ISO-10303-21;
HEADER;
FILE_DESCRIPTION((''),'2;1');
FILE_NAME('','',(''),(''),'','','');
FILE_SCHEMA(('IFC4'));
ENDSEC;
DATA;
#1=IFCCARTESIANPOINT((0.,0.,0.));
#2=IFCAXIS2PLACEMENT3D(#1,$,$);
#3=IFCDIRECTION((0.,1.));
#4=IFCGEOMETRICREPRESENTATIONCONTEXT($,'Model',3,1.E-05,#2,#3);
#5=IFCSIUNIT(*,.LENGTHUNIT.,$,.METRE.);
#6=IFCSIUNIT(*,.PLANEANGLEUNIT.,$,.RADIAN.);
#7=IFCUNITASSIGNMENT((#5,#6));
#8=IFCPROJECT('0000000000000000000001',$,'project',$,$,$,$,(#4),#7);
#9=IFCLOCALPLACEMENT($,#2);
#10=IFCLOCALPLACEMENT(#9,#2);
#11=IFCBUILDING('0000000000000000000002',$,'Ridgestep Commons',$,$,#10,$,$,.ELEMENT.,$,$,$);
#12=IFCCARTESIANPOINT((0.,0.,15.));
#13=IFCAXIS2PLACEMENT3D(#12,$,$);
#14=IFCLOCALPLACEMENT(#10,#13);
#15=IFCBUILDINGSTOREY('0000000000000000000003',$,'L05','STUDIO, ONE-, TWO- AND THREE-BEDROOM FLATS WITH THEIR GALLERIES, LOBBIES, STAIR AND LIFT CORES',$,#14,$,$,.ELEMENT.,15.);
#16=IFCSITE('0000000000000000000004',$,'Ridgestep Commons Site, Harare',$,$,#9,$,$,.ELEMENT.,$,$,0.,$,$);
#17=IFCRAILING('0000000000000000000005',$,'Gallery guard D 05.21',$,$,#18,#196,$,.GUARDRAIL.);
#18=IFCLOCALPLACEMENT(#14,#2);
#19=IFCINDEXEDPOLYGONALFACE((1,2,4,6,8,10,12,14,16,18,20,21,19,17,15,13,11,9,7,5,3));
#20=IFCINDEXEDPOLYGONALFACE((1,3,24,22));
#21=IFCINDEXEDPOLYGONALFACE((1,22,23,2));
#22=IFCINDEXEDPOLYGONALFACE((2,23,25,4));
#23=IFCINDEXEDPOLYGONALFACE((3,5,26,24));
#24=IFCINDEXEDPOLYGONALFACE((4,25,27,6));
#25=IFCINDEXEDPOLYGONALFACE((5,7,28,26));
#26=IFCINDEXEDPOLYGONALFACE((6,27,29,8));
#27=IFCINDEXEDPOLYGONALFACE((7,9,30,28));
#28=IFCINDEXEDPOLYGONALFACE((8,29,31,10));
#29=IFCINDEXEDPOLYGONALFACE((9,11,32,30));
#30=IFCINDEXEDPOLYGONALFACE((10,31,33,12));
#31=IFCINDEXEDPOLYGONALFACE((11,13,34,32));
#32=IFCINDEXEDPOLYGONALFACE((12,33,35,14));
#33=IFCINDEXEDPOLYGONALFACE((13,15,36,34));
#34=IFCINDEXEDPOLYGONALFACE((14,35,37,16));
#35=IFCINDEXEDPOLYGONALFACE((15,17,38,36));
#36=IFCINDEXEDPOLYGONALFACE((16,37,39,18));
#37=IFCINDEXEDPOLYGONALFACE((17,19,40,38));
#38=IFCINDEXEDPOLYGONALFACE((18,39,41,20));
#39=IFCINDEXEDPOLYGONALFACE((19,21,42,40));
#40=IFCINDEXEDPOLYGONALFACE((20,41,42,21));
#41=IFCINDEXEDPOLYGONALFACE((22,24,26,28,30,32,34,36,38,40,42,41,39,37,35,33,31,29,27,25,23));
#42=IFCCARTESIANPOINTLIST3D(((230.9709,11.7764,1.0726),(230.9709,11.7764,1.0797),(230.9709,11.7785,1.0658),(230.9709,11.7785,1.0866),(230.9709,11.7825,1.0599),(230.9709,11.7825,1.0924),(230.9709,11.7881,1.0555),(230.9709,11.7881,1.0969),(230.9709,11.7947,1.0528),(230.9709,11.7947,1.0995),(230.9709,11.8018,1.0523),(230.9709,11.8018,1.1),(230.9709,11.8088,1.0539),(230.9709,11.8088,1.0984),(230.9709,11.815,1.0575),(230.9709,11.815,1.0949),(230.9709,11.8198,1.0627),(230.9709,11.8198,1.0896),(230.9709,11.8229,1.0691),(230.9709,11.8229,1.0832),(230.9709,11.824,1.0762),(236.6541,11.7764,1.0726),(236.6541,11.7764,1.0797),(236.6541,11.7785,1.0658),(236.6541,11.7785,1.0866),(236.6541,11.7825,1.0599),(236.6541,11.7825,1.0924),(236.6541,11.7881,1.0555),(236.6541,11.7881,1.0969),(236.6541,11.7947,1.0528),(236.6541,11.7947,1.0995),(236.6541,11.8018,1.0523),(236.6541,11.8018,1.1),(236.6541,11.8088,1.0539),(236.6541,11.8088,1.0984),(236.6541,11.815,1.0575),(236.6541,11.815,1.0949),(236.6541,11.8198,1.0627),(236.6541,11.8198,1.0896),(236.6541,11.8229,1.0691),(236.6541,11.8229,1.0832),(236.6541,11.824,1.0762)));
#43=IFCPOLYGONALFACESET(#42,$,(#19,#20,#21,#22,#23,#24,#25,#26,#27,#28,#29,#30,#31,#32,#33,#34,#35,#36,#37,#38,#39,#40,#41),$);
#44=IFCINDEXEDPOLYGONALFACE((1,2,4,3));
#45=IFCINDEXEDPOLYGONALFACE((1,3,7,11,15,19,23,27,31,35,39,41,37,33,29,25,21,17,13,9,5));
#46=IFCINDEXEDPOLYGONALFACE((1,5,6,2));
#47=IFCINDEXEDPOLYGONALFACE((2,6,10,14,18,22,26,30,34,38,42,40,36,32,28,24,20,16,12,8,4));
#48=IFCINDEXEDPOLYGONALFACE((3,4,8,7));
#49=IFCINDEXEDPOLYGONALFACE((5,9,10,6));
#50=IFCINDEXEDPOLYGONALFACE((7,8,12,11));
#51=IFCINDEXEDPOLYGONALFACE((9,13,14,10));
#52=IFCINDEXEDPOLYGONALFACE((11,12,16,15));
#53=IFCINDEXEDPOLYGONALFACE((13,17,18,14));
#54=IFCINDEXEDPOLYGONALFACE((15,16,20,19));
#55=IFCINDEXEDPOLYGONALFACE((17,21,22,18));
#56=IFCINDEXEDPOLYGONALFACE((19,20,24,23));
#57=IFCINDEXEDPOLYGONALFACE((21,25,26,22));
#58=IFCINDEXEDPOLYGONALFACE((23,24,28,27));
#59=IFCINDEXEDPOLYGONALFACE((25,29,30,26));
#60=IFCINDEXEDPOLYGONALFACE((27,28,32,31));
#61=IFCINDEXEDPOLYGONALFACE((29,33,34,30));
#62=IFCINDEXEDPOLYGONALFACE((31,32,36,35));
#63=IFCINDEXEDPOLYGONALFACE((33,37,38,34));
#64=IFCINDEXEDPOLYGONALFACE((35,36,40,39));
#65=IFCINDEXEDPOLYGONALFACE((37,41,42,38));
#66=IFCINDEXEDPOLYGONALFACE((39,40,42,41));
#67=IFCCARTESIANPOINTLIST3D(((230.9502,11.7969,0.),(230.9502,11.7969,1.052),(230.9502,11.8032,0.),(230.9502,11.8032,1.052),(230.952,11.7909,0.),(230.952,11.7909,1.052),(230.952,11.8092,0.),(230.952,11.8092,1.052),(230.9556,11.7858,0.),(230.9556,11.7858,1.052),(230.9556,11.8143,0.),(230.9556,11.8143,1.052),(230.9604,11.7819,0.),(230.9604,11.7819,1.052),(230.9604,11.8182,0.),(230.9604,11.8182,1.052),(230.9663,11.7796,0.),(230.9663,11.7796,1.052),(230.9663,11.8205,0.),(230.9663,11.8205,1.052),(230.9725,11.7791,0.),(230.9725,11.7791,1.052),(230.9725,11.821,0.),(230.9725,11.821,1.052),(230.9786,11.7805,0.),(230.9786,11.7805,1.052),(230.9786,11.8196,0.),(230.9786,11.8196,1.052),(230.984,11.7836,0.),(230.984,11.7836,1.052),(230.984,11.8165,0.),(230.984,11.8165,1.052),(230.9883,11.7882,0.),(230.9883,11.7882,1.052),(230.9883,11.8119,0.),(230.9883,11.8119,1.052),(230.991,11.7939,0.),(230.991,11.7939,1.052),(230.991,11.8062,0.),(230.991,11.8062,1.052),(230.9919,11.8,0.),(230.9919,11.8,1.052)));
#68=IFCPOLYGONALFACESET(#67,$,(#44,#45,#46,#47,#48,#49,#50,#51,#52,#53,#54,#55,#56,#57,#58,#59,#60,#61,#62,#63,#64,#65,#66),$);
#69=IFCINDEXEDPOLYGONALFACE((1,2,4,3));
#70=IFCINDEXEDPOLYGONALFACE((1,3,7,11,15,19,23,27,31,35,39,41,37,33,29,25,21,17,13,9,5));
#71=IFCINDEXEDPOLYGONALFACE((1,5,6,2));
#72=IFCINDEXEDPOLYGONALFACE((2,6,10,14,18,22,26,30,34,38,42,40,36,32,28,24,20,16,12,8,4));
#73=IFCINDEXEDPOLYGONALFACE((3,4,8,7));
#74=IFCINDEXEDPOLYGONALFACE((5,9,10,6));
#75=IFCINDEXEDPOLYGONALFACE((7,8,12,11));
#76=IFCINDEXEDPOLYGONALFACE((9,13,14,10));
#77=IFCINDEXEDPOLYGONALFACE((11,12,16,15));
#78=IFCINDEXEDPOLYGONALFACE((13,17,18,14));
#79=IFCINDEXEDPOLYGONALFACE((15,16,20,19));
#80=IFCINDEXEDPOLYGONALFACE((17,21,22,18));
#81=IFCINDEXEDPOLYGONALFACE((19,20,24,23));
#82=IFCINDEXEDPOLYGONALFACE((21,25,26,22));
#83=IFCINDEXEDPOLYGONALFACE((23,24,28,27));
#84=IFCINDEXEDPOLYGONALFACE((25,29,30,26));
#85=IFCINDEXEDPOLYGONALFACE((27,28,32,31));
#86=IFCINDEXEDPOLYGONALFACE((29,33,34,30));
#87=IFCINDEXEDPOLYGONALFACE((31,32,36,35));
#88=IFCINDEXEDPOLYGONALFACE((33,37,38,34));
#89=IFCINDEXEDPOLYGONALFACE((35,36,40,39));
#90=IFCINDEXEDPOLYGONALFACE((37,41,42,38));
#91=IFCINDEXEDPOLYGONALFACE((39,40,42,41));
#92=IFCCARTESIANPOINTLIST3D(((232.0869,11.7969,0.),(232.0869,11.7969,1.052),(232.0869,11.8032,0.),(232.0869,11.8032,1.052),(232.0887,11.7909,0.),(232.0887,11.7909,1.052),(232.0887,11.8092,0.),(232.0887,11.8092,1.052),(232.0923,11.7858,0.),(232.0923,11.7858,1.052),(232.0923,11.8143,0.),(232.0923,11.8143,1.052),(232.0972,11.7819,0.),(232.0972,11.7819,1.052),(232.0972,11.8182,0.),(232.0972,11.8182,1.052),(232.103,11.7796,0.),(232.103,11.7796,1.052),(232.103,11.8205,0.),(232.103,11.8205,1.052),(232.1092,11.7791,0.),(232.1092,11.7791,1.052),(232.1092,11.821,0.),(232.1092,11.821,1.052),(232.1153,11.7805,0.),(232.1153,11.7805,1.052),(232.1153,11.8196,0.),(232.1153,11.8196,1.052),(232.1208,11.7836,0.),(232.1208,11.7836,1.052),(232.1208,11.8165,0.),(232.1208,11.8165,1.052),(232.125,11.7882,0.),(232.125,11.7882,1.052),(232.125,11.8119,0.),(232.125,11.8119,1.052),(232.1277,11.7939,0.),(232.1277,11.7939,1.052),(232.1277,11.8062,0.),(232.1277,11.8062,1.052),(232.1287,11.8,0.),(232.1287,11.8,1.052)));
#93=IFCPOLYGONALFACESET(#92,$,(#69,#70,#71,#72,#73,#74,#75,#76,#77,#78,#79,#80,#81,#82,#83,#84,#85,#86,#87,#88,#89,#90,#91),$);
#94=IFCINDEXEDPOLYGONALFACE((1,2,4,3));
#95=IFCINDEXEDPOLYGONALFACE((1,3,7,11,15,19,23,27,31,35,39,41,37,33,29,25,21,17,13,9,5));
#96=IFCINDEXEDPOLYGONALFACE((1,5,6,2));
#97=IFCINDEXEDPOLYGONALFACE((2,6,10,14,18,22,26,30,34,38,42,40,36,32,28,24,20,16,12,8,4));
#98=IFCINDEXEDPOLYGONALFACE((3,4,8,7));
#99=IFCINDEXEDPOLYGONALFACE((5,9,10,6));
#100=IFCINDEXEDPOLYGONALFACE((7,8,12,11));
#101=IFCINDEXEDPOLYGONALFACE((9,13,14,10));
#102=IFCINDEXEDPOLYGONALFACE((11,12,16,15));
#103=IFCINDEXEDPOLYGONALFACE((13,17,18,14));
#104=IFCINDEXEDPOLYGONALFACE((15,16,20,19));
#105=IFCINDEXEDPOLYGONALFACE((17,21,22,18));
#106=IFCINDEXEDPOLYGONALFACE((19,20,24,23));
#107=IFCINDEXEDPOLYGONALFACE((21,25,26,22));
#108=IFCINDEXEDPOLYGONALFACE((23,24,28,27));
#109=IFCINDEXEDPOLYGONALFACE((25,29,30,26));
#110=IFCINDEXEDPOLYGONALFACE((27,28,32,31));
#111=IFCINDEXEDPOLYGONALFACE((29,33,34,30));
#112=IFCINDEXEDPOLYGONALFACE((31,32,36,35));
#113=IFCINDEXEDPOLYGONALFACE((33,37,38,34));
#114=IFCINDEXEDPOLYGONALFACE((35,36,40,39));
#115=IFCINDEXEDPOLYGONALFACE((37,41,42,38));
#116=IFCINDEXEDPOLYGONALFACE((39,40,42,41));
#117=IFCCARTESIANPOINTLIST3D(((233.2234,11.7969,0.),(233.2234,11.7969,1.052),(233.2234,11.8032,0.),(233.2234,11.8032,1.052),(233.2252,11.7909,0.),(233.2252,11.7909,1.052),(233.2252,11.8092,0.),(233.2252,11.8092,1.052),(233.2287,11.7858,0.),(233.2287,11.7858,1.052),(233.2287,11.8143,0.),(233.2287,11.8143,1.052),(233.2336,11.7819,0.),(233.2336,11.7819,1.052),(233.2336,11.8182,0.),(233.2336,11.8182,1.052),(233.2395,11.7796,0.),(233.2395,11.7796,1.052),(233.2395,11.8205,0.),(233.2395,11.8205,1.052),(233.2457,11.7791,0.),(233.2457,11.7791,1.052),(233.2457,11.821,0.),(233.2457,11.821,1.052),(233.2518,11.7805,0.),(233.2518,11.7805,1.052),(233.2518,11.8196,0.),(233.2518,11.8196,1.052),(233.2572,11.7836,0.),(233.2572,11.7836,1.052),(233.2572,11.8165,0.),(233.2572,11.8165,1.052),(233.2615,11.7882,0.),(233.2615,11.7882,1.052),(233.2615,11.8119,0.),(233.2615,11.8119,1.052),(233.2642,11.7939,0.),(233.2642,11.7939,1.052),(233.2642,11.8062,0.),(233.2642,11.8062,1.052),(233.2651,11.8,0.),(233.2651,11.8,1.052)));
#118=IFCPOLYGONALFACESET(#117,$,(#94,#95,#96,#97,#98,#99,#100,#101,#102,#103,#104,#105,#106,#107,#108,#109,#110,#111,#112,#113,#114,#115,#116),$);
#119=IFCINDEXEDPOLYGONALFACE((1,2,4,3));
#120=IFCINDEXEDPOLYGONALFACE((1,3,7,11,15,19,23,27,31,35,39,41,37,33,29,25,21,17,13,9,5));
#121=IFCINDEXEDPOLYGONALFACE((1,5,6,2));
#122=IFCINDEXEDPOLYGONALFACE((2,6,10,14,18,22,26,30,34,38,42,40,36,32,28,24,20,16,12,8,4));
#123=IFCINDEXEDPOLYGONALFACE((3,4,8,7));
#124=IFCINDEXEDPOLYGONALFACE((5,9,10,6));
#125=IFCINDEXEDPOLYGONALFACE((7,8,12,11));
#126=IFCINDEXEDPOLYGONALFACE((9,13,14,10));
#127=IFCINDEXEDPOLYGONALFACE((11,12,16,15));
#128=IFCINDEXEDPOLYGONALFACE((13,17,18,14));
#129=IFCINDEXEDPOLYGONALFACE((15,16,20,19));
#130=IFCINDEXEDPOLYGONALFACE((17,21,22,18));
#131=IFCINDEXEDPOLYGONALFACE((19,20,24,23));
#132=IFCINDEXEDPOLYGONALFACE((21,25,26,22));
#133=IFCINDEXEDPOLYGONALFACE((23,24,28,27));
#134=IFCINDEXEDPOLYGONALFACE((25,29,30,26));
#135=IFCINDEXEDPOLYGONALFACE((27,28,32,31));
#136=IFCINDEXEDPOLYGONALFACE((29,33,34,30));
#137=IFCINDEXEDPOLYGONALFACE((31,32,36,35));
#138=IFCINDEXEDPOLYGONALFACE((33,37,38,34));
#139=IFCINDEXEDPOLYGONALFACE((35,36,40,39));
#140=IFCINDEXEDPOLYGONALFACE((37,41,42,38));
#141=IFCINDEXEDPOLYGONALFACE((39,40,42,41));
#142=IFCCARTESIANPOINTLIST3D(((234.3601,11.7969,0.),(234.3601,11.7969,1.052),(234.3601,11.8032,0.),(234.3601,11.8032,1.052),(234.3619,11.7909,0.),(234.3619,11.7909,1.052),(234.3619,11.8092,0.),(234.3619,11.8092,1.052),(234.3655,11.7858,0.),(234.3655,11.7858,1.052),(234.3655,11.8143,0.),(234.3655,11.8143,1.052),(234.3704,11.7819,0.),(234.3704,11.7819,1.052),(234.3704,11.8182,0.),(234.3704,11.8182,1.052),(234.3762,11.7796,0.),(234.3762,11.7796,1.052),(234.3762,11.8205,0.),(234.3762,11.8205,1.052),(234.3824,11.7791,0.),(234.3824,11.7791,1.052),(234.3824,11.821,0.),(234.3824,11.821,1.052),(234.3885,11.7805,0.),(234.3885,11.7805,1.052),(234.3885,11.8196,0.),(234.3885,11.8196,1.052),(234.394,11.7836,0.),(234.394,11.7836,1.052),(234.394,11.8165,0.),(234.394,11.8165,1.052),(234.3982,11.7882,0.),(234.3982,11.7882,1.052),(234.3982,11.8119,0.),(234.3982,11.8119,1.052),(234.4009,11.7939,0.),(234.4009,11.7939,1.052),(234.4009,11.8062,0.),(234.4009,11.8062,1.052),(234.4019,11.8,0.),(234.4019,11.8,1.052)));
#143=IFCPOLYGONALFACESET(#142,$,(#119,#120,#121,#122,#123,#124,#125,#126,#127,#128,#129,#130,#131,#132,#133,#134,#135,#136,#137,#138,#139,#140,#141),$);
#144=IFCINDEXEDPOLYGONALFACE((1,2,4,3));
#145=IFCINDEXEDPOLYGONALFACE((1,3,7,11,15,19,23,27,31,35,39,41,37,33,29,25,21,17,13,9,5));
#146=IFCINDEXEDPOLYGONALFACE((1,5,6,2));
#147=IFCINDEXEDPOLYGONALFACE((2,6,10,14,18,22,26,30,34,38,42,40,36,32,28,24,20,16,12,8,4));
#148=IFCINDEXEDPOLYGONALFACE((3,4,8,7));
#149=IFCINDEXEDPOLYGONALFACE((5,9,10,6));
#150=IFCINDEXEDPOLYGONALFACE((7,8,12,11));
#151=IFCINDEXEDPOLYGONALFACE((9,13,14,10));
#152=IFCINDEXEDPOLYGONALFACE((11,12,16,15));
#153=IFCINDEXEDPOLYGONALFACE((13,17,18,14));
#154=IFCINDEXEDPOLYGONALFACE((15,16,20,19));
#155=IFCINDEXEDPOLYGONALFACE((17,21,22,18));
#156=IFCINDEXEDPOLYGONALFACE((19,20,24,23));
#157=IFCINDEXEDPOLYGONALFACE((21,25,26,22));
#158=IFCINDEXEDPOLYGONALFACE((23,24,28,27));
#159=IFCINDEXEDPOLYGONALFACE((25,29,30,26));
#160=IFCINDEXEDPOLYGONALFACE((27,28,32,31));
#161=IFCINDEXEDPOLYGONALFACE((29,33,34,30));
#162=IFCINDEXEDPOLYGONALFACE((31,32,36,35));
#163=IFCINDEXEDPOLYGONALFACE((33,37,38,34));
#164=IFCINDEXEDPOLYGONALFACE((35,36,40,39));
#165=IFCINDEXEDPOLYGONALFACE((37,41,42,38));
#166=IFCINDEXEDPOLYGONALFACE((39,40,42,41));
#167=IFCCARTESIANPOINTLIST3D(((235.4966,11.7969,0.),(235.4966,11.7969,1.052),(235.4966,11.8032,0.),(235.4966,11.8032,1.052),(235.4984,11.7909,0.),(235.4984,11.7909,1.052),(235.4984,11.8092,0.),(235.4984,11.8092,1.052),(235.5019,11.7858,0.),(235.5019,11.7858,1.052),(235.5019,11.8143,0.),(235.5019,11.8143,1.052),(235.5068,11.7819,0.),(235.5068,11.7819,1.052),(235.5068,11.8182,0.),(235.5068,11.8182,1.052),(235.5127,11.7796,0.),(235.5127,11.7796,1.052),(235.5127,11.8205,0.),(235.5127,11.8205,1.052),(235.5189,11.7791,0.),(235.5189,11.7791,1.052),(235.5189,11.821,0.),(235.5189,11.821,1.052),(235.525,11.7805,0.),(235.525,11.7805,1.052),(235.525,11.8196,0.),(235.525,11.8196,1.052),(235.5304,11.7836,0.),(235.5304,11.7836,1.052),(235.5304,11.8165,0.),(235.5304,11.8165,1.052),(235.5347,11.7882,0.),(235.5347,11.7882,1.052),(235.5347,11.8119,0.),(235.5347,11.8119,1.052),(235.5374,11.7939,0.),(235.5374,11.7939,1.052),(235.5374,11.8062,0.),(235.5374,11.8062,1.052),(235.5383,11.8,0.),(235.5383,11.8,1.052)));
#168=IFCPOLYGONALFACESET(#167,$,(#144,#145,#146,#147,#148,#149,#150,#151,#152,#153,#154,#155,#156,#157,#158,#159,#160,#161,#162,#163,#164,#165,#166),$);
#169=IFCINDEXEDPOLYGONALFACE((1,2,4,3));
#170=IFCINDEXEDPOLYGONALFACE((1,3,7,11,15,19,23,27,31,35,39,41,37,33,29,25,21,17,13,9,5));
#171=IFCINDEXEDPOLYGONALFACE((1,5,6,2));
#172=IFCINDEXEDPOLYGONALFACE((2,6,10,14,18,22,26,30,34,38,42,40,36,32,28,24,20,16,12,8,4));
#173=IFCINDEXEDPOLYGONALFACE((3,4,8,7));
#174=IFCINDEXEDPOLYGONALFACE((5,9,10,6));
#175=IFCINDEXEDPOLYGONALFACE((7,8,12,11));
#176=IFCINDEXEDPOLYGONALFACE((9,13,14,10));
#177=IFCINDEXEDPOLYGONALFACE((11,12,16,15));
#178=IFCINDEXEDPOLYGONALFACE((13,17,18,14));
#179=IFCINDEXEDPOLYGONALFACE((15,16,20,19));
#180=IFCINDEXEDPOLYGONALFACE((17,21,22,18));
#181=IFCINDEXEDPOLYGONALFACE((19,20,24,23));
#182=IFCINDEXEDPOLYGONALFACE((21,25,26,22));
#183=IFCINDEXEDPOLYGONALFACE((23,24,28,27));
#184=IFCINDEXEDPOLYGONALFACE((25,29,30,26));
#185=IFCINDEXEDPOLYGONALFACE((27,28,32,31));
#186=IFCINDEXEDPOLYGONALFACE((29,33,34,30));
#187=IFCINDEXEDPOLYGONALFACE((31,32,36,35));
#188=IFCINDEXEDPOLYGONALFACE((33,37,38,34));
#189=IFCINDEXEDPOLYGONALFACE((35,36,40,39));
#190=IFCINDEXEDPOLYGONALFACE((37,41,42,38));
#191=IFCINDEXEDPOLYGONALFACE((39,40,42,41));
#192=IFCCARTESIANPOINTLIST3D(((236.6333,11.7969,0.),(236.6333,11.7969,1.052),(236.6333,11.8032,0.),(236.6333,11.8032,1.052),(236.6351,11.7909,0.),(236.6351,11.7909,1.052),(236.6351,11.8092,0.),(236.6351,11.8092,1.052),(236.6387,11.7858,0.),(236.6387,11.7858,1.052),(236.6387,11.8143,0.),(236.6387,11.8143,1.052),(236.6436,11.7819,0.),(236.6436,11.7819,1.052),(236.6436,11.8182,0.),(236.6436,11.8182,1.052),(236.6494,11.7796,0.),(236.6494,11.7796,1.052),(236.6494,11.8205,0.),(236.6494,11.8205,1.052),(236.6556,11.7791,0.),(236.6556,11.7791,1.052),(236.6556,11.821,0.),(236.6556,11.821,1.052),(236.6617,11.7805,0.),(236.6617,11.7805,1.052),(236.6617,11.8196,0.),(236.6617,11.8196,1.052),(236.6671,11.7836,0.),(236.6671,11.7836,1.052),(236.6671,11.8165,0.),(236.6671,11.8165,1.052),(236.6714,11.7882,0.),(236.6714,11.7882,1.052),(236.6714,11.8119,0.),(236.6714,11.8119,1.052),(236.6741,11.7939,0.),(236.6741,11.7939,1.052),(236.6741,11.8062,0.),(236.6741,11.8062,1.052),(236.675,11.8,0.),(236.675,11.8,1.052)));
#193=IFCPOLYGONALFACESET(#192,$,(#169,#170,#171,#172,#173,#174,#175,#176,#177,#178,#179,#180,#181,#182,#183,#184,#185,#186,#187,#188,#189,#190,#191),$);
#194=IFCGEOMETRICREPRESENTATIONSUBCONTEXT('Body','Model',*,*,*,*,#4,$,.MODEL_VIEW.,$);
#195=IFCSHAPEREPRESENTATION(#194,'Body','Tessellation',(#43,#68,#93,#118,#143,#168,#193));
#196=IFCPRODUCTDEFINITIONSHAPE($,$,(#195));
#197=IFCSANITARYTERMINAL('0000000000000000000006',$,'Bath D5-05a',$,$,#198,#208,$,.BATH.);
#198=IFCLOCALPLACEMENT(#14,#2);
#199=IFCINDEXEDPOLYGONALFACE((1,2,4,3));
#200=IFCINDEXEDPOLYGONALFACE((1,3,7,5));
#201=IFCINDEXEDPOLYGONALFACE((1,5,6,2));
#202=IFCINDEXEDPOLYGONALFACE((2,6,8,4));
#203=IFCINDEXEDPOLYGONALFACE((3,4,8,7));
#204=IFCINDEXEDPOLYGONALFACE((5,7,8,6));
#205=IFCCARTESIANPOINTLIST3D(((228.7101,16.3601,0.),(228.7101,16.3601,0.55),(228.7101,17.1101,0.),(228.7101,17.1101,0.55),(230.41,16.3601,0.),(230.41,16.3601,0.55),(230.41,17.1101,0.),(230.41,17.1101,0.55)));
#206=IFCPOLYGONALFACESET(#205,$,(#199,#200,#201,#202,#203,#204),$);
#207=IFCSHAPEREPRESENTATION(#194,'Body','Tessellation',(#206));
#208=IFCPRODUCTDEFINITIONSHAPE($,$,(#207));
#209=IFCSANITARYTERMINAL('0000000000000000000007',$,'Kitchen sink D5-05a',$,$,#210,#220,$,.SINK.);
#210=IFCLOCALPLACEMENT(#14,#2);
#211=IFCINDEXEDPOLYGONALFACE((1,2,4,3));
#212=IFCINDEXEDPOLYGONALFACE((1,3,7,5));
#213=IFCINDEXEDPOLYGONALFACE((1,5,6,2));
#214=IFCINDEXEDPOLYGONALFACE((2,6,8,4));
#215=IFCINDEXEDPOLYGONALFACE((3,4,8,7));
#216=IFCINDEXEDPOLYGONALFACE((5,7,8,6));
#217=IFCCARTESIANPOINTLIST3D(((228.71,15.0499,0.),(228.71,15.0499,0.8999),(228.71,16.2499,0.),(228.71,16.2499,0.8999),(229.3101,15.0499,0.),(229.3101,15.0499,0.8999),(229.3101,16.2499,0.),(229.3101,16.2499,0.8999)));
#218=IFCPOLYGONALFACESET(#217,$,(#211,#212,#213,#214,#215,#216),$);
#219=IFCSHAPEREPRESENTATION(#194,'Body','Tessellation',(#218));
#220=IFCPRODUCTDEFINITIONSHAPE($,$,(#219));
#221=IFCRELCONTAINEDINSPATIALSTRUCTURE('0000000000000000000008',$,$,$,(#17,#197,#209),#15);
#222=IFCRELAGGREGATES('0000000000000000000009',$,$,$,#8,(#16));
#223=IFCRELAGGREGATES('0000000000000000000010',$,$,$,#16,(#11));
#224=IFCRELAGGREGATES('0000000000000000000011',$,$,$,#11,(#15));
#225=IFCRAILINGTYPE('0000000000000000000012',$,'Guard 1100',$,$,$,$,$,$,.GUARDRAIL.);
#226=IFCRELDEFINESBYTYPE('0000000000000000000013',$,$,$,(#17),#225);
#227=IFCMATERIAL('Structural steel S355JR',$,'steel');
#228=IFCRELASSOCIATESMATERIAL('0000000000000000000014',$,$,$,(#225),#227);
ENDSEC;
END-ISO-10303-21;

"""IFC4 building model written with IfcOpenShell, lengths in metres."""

from ifc_helpers import new_model, si_unit, direction, frame, origin, origin_2d, place, context, subcontext, project, spatial, rectangle, circle, extrude, material, type_object, element, save


model = new_model("IFC4")

# Units and contexts
model_context = context("Model", 3, precision=1e-05, world=origin(), true_north=direction((0.0, 1.0)))
body_context = subcontext(model_context, "Body", "Model", "MODEL_VIEW")
ifc_project = project(units=[si_unit("LENGTHUNIT", "METRE"), si_unit("PLANEANGLEUNIT", "RADIAN")], contexts=[model_context])

# Site, building, storey
site_placement = place(None, origin())
site = spatial("IfcSite", under=ifc_project, at=site_placement, Name="Ridgestep Commons Site, Harare", CompositionType="ELEMENT", RefElevation=0.0)
building_placement = place(site_placement, origin())
building = spatial("IfcBuilding", under=site, at=building_placement, Name="Ridgestep Commons", CompositionType="ELEMENT")
storey_placement = place(building_placement, frame((0.0, 0.0, 15.0)))
storey = spatial("IfcBuildingStorey", under=building, at=storey_placement, Name="L05", Description="STUDIO, ONE-, TWO- AND THREE-BEDROOM FLATS WITH THEIR GALLERIES, LOBBIES, STAIR AND LIFT CORES", CompositionType="ELEMENT", Elevation=15.0)

# Railing
ifc_material_1 = material(Name="Structural steel S355JR", Category="steel")
railing_type = type_object("IfcRailingType", Name="Guard 1100", PredefinedType="GUARDRAIL", material=ifc_material_1)
railing_1_placement = place(storey_placement, frame((230.9709, 11.8, 0.0)))
element("IfcRailing", 1, at=railing_1_placement, inside=storey, type_object=railing_type, Name="Gallery guard D 05.21", PredefinedType="GUARDRAIL", context=body_context, shape_type="SweptSolid", body=[
    extrude(circle(Radius=0.0239, at=origin_2d()), frame((0.0, 0.0, 1.0762), z_axis=(1.0, 0.0, 0.0), x_axis=(0.0, 1.0, 0.0)), (0.0, 0.0, 1.0), 5.6831),
    extrude(circle(Radius=0.021, at=origin_2d()), origin(), (0.0, 0.0, 1.0), 1.052),
    extrude(circle(Radius=0.021, at=origin_2d()), frame((1.1367, 0.0, 0.0)), (0.0, 0.0, 1.0), 1.052),
    extrude(circle(Radius=0.021, at=origin_2d()), frame((2.2732, 0.0, 0.0)), (0.0, 0.0, 1.0), 1.052),
    extrude(circle(Radius=0.021, at=origin_2d()), frame((3.4099, 0.0, 0.0)), (0.0, 0.0, 1.0), 1.052),
    extrude(circle(Radius=0.021, at=origin_2d()), frame((4.5464, 0.0, 0.0)), (0.0, 0.0, 1.0), 1.052),
    extrude(circle(Radius=0.021, at=origin_2d()), frame((5.6831, 0.0, 0.0)), (0.0, 0.0, 1.0), 1.052),
])

# Sanitary terminals
sanitary_terminal_1_placement = place(storey_placement, frame((229.5601, 16.7351, 0.0), z_axis=(0.0, 0.0, 1.0), x_axis=(1.0, 0.0, 0.0)))
element("IfcSanitaryTerminal", 2, at=sanitary_terminal_1_placement, inside=storey, Name="Bath D5-05a", PredefinedType="BATH", context=body_context, shape_type="SweptSolid", body=[
    extrude(rectangle(XDim=1.7, YDim=0.75, at=origin_2d()), origin(), (0.0, 0.0, 1.0), 0.55),
])
sanitary_terminal_2_placement = place(storey_placement, frame((229.01, 15.6499, 0.0), z_axis=(0.0, 0.0, 1.0), x_axis=(1.0, 0.0, 0.0)))
element("IfcSanitaryTerminal", 3, at=sanitary_terminal_2_placement, inside=storey, Name="Kitchen sink D5-05a", PredefinedType="SINK", context=body_context, shape_type="SweptSolid", body=[
    extrude(rectangle(XDim=0.6001, YDim=1.2, at=origin_2d()), origin(), (0.0, 0.0, 1.0), 0.8999),
])

save(model, "model.ifc")
